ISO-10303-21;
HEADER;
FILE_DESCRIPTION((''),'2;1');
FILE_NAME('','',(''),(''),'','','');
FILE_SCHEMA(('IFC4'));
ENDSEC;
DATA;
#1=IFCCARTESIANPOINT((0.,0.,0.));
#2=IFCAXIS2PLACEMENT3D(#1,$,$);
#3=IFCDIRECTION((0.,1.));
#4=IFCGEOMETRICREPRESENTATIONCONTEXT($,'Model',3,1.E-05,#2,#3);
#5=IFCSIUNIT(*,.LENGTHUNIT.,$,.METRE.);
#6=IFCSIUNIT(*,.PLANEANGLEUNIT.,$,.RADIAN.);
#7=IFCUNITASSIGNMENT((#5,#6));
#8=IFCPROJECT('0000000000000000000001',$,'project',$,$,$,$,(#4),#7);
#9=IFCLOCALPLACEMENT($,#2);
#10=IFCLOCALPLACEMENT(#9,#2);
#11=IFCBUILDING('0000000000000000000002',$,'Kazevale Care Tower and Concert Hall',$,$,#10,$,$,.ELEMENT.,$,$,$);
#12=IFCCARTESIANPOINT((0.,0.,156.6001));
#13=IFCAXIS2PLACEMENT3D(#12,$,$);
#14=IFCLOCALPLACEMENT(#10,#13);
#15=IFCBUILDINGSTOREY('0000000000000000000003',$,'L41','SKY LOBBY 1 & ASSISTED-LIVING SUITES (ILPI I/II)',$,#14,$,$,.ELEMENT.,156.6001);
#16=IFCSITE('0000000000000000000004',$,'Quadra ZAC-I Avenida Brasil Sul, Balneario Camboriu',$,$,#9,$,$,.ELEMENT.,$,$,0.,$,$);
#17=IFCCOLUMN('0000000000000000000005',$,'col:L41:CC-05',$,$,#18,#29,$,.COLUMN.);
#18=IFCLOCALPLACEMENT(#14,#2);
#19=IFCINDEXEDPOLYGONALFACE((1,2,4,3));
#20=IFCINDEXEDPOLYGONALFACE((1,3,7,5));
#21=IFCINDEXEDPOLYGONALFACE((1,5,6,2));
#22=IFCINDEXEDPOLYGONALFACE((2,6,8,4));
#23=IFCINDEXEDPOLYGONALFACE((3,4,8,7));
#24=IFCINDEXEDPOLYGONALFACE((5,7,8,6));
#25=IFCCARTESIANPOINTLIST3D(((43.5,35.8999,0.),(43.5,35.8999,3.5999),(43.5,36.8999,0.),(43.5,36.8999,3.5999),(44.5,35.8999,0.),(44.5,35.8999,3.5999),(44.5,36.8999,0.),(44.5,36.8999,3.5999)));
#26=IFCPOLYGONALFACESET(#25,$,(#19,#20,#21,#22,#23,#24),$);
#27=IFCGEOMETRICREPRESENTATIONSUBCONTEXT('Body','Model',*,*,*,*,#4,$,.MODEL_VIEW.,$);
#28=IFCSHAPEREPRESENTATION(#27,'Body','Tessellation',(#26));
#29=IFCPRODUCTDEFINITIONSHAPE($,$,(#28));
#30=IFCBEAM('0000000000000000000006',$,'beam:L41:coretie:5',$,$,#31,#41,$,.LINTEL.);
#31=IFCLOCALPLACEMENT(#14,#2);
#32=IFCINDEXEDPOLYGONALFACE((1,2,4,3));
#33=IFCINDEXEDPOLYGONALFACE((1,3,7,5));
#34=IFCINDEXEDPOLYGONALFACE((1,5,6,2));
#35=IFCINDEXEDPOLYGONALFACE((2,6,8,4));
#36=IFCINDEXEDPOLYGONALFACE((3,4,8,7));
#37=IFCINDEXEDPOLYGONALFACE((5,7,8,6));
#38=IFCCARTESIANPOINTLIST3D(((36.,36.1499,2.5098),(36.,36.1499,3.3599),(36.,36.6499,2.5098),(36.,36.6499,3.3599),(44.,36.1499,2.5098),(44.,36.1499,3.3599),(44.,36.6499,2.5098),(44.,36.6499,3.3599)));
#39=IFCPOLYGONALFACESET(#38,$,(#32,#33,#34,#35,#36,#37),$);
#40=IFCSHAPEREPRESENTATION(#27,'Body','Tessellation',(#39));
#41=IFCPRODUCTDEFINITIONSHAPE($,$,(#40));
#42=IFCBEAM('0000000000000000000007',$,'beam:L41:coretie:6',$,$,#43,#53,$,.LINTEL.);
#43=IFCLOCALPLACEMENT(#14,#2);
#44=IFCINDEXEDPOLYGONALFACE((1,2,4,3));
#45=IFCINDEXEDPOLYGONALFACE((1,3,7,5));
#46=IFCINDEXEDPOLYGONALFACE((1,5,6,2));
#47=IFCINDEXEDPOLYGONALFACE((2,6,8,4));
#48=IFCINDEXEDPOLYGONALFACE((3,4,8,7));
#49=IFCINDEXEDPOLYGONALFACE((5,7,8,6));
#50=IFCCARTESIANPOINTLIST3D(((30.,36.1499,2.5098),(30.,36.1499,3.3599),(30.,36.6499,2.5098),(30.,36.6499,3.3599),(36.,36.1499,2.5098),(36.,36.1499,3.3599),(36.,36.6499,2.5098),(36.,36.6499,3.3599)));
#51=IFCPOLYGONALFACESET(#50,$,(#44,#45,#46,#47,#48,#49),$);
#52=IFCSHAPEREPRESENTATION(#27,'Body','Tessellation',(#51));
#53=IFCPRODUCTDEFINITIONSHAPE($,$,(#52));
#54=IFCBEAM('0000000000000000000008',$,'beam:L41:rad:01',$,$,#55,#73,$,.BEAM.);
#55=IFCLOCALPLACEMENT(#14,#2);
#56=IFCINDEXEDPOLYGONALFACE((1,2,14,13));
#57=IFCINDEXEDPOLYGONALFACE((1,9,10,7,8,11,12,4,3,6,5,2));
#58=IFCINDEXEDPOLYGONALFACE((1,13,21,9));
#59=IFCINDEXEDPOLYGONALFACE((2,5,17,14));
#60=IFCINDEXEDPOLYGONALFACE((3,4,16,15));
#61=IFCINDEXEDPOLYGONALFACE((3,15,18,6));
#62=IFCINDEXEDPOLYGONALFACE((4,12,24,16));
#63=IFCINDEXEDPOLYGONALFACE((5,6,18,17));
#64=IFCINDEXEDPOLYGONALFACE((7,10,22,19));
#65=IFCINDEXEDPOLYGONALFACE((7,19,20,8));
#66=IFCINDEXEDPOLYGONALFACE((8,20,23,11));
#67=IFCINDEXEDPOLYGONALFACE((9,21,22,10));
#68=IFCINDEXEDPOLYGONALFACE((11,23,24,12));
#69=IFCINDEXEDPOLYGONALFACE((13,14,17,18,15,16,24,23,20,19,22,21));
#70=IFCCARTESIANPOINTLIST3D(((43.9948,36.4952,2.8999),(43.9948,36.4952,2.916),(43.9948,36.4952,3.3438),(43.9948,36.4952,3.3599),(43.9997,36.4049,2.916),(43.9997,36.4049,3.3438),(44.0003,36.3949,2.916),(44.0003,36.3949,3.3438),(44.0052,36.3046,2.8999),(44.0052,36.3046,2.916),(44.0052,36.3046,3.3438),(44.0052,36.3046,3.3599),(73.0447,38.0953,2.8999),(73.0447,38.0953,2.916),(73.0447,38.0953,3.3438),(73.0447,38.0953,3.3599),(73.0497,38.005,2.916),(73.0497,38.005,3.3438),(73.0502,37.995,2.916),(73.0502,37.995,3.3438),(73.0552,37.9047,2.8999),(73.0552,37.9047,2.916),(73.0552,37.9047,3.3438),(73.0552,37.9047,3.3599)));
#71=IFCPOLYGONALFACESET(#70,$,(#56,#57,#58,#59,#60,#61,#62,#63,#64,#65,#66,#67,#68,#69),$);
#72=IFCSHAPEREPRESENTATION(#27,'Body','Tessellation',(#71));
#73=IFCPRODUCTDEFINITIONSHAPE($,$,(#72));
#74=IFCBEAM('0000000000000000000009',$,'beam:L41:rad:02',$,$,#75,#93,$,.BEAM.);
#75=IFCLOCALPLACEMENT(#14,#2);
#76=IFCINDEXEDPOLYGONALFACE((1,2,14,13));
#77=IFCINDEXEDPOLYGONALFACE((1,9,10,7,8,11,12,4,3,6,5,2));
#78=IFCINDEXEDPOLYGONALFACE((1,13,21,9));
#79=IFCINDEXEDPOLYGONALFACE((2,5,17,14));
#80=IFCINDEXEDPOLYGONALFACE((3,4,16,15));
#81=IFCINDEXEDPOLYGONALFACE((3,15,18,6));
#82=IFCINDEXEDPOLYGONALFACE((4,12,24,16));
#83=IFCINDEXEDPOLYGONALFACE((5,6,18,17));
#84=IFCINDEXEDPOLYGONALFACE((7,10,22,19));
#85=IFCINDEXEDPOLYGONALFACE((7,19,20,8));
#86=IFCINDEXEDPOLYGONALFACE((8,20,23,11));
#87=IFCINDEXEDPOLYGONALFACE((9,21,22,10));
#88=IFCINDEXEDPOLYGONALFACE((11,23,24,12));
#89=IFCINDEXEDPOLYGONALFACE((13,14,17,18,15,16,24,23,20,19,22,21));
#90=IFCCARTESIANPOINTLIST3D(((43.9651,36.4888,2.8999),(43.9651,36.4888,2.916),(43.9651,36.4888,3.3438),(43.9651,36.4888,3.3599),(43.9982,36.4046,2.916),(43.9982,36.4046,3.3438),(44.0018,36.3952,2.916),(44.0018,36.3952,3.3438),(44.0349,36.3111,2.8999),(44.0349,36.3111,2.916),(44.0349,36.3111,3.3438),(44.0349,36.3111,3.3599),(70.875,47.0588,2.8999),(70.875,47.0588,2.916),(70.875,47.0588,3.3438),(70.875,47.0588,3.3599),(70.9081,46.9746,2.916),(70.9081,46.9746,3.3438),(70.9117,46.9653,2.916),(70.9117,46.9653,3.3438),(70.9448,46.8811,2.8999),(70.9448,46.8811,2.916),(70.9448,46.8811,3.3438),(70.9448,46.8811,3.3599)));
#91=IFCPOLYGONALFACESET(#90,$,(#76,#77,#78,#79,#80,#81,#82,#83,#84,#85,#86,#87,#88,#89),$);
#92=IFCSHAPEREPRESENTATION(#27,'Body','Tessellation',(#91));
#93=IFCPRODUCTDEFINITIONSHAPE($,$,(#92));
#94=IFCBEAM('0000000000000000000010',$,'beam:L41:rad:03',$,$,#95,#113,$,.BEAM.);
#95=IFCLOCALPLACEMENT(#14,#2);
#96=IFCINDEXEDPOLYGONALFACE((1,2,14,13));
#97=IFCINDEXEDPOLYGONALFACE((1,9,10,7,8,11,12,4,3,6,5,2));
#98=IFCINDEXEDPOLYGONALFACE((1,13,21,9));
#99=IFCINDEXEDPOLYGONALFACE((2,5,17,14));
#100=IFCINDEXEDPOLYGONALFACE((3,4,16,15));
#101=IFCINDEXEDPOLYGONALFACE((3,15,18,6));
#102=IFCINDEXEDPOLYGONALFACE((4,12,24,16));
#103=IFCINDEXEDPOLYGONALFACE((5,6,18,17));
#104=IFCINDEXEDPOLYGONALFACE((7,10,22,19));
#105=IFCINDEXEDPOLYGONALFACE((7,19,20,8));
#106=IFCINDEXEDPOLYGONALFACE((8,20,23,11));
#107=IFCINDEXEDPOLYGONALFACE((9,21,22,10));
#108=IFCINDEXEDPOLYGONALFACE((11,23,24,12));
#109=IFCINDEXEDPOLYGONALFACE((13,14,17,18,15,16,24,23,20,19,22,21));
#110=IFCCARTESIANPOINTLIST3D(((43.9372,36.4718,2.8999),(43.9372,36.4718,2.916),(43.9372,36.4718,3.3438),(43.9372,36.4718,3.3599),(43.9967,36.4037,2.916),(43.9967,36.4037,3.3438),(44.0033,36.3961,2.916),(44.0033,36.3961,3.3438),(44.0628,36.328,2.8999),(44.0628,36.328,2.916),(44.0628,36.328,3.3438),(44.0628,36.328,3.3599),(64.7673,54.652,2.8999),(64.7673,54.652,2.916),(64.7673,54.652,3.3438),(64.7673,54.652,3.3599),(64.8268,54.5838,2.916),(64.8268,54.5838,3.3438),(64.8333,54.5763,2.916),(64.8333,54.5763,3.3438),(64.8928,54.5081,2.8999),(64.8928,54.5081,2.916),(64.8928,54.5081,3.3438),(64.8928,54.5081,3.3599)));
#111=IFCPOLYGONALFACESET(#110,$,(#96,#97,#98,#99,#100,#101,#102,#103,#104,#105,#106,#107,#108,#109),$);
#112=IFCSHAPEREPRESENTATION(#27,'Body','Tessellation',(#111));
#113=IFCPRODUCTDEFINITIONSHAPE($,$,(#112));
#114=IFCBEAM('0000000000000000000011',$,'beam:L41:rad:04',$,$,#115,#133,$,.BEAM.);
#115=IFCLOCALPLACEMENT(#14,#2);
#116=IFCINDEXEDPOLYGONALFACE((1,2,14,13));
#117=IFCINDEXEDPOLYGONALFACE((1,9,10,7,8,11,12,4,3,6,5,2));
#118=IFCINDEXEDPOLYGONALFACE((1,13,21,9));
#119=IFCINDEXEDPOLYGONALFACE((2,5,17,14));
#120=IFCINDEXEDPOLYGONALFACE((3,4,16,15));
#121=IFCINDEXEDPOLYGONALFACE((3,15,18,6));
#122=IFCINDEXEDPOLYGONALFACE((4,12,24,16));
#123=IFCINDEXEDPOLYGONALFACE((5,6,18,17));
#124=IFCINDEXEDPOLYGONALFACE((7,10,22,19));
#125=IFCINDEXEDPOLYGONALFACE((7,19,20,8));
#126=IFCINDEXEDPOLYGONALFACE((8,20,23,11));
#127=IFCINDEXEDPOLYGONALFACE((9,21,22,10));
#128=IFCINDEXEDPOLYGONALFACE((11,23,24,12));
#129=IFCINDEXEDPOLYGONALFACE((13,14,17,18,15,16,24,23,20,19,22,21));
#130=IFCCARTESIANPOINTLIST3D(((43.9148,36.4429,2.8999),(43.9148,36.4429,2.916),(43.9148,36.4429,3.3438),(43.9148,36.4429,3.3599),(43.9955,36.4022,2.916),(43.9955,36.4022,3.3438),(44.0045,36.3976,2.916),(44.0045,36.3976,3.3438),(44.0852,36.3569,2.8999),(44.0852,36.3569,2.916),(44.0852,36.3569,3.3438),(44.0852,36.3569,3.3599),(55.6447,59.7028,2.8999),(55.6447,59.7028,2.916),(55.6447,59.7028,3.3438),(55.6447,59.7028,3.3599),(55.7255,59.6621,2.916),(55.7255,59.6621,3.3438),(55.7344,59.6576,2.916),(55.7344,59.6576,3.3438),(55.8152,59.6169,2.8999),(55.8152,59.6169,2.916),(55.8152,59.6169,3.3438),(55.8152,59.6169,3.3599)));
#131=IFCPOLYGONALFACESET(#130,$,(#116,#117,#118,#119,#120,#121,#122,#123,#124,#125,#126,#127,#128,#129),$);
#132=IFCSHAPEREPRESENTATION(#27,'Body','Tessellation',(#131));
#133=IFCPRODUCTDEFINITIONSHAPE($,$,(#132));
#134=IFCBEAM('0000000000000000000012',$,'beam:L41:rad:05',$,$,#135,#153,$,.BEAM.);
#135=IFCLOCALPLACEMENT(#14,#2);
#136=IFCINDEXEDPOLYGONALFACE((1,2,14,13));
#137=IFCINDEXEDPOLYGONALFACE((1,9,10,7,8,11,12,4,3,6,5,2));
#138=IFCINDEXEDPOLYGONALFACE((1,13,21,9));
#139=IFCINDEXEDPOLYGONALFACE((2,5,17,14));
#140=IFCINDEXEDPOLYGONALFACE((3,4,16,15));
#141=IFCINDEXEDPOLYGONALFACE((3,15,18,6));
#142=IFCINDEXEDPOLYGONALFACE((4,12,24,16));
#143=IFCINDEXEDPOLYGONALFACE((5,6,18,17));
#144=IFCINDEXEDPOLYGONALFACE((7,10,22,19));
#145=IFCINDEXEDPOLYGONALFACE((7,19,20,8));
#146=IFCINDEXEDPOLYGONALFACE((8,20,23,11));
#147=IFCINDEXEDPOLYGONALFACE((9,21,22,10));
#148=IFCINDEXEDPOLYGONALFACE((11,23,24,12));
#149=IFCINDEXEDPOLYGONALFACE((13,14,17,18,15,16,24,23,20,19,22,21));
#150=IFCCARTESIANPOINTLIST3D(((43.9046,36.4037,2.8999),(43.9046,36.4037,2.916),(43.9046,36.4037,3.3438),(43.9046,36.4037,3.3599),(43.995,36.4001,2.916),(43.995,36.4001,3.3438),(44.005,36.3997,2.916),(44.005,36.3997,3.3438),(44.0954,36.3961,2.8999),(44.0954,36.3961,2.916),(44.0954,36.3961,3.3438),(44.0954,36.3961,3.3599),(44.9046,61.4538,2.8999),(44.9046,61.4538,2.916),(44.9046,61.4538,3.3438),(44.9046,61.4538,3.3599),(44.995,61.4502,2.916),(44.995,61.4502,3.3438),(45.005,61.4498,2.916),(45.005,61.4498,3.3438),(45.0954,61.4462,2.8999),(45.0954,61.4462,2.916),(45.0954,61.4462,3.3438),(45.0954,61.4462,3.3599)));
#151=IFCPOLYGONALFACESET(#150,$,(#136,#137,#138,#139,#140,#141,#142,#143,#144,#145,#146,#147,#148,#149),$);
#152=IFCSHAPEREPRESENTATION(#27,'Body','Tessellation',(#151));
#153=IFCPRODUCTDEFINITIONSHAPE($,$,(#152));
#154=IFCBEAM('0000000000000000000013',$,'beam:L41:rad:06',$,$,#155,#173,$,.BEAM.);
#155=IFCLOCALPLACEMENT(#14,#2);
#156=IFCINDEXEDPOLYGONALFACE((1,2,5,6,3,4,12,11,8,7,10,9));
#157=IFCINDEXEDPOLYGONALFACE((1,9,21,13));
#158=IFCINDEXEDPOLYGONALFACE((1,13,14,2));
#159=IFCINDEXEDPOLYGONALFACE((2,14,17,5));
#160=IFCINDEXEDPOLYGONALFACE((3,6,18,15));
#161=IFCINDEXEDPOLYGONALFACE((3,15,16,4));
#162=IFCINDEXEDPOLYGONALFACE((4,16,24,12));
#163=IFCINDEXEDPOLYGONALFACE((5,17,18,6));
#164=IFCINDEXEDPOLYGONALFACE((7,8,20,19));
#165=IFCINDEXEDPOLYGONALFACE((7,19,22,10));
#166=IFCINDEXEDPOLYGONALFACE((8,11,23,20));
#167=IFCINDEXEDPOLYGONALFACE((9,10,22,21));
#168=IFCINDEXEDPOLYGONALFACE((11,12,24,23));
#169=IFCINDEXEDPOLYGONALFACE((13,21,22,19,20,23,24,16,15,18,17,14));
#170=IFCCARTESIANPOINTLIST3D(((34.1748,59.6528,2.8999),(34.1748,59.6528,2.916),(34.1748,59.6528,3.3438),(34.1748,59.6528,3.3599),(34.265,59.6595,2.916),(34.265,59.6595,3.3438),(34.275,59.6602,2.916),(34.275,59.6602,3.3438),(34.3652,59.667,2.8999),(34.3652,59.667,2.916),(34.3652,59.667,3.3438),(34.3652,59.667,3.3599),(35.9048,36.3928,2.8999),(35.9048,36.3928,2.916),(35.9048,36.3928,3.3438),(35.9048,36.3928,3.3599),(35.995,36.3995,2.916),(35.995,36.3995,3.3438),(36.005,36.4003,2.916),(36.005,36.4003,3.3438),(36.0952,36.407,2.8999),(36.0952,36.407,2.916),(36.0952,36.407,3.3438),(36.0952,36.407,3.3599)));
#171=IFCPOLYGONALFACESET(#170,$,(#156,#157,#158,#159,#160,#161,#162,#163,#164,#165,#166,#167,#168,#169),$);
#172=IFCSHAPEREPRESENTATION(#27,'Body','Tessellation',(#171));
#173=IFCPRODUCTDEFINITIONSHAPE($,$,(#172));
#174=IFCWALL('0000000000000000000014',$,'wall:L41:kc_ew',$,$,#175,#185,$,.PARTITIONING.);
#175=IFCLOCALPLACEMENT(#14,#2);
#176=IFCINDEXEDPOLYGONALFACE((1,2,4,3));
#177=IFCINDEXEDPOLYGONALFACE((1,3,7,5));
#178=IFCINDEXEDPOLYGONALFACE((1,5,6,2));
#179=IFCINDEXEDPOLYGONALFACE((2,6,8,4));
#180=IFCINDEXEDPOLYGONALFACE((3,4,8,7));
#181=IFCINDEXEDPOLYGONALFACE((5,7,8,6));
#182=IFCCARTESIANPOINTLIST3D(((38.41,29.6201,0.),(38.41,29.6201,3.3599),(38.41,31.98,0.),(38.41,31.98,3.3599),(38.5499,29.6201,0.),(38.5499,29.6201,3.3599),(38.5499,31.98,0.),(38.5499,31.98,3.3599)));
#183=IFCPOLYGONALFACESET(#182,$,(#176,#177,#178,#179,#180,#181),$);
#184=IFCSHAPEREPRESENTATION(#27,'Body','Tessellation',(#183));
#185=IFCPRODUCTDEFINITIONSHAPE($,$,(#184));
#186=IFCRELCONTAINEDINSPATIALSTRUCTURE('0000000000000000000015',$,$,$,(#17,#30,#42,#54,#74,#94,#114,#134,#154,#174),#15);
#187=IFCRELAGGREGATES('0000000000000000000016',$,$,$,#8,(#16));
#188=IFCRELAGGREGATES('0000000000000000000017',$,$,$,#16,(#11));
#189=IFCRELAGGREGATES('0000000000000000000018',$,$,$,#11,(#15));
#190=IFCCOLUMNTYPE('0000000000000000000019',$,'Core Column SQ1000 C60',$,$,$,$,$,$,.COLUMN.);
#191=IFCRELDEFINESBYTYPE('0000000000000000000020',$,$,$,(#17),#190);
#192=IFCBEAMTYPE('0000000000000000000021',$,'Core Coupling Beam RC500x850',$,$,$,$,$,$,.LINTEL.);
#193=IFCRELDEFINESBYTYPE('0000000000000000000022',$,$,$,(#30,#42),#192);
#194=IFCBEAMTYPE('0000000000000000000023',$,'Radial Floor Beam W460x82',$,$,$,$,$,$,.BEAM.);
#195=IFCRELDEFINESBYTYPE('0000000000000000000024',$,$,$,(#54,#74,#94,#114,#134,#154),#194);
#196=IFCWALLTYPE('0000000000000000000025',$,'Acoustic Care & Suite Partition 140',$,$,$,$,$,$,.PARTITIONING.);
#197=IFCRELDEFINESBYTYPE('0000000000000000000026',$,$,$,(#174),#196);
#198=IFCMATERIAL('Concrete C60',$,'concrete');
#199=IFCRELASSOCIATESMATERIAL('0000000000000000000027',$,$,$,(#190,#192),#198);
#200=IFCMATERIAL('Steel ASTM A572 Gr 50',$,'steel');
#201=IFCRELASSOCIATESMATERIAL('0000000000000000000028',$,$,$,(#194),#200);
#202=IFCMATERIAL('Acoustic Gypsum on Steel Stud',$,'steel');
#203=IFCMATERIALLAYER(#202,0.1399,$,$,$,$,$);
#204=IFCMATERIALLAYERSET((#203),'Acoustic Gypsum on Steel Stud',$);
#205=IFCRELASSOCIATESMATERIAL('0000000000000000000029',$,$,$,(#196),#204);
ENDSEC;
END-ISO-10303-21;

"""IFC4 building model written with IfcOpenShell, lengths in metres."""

from ifc_helpers import new_model, si_unit, direction, frame, frame_2d, origin, origin_2d, place, context, subcontext, project, spatial, rectangle, i_section, extrude, material, layer, layer_set, material_profile, profile_set, type_object, element, save


model = new_model("IFC4")

# Units and contexts
model_context = context("Model", 3, precision=1e-05, world=origin(), true_north=direction((0.0, 1.0)))
body_context = subcontext(model_context, "Body", "Model", "MODEL_VIEW")
ifc_project = project(units=[si_unit("LENGTHUNIT", "METRE"), si_unit("PLANEANGLEUNIT", "RADIAN")], contexts=[model_context])

# Site, building, storey
site_placement = place(None, origin())
site = spatial("IfcSite", under=ifc_project, at=site_placement, Name="Quadra ZAC-I Avenida Brasil Sul, Balneario Camboriu", CompositionType="ELEMENT", RefElevation=0.0)
building_placement = place(site_placement, origin())
building = spatial("IfcBuilding", under=site, at=building_placement, Name="Kazevale Care Tower and Concert Hall", CompositionType="ELEMENT")
storey_placement = place(building_placement, frame((0.0, 0.0, 156.6001)))
storey = spatial("IfcBuildingStorey", under=building, at=storey_placement, Name="L41", Description="SKY LOBBY 1 & ASSISTED-LIVING SUITES (ILPI I/II)", CompositionType="ELEMENT", Elevation=156.6001)

# Column
ifc_material_1 = material(Name="Concrete C60", Category="concrete")
ifc_material_profile_1 = material_profile(ifc_material_1, rectangle(XDim=1.0, YDim=1.0, at=origin_2d()), Name="RC-SQ1000")
ifc_profile_set_1 = profile_set([ifc_material_profile_1], Name="Concrete C60")
column_type = type_object("IfcColumnType", Name="Core Column SQ1000 C60", PredefinedType="COLUMN", material=ifc_profile_set_1)
column_placement = place(storey_placement, frame((44.0, 36.3999, 0.0), z_axis=(0.0, 0.0, 1.0), x_axis=(1.0, 0.0, 0.0)))
element("IfcColumn", 1, at=column_placement, inside=storey, type_object=column_type, Name="col:L41:CC-05", PredefinedType="COLUMN", context=body_context, shape_type="SweptSolid", body=[
    extrude(rectangle(XDim=1.0, YDim=1.0, at=origin_2d()), origin(), (0.0, 0.0, 1.0), 3.5999),
])

# Beams
ifc_material_profile_2 = material_profile(ifc_material_1, rectangle(XDim=0.5, YDim=0.8501, at=origin_2d()), Name="RC-B500x850")
ifc_profile_set_2 = profile_set([ifc_material_profile_2], Name="Concrete C60")
beam_type_1 = type_object("IfcBeamType", Name="Core Coupling Beam RC500x850", PredefinedType="LINTEL", material=ifc_profile_set_2)
beam_1_placement = place(storey_placement, frame((44.0, 36.3999, 2.9348), z_axis=(-1.0, 0.0, 0.0), x_axis=(0.0, -1.0, 0.0)))
element("IfcBeam", 2, at=beam_1_placement, inside=storey, type_object=beam_type_1, Name="beam:L41:coretie:5", PredefinedType="LINTEL", context=body_context, shape_type="SweptSolid", body=[
    extrude(rectangle(XDim=0.5, YDim=0.8501, at=origin_2d()), origin(), (0.0, 0.0, 1.0), 8.0),
])
beam_2_placement = place(storey_placement, frame((36.0, 36.3999, 2.9348), z_axis=(-1.0, 0.0, 0.0), x_axis=(0.0, -1.0, 0.0)))
element("IfcBeam", 3, at=beam_2_placement, inside=storey, type_object=beam_type_1, Name="beam:L41:coretie:6", PredefinedType="LINTEL", context=body_context, shape_type="SweptSolid", body=[
    extrude(rectangle(XDim=0.5, YDim=0.8501, at=origin_2d()), origin(), (0.0, 0.0, 1.0), 6.0),
])
ifc_material_2 = material(Name="Steel ASTM A572 Gr 50", Category="steel")
ifc_material_profile_3 = material_profile(ifc_material_2, i_section(OverallWidth=0.1909, OverallDepth=0.46, WebThickness=0.01, FlangeThickness=0.0161, at=origin_2d()), Name="W460x82")
ifc_profile_set_3 = profile_set([ifc_material_profile_3], Name="Steel ASTM A572 Gr 50")
beam_type_2 = type_object("IfcBeamType", Name="Radial Floor Beam W460x82", PredefinedType="BEAM", material=ifc_profile_set_3)
beam_3_placement = place(storey_placement, frame((44.0, 36.3999, 3.1299), z_axis=(0.998487, 0.054997, 0.0), x_axis=(-0.054997, 0.998487, 0.0)))
element("IfcBeam", 4, at=beam_3_placement, inside=storey, type_object=beam_type_2, Name="beam:L41:rad:01", PredefinedType="BEAM", context=body_context, shape_type="SweptSolid", body=[
    extrude(i_section(OverallWidth=0.1909, OverallDepth=0.46, WebThickness=0.01, FlangeThickness=0.0161, at=origin_2d()), origin(), (0.0, 0.0, 1.0), 29.094),
])
beam_4_placement = place(storey_placement, frame((44.0, 36.3999, 3.1299), z_axis=(0.930771, 0.365602, 0.0), x_axis=(-0.365602, 0.930771, 0.0)))
element("IfcBeam", 5, at=beam_4_placement, inside=storey, type_object=beam_type_2, Name="beam:L41:rad:02", PredefinedType="BEAM", context=body_context, shape_type="SweptSolid", body=[
    extrude(i_section(OverallWidth=0.1909, OverallDepth=0.46, WebThickness=0.01, FlangeThickness=0.0161, at=origin_2d()), origin(), (0.0, 0.0, 1.0), 28.9114),
])
beam_5_placement = place(storey_placement, frame((44.0, 36.3999, 3.1299), z_axis=(0.753403, 0.657559, 0.0), x_axis=(-0.657559, 0.753403, 0.0)))
element("IfcBeam", 6, at=beam_5_placement, inside=storey, type_object=beam_type_2, Name="beam:L41:rad:03", PredefinedType="BEAM", context=body_context, shape_type="SweptSolid", body=[
    extrude(i_section(OverallWidth=0.1909, OverallDepth=0.46, WebThickness=0.01, FlangeThickness=0.0161, at=origin_2d()), origin(), (0.0, 0.0, 1.0), 27.6479),
])
beam_6_placement = place(storey_placement, frame((44.0, 36.3999, 3.1299), z_axis=(0.450281, 0.892887, 0.0), x_axis=(-0.892887, 0.450281, 0.0)))
element("IfcBeam", 7, at=beam_6_placement, inside=storey, type_object=beam_type_2, Name="beam:L41:rad:04", PredefinedType="BEAM", context=body_context, shape_type="SweptSolid", body=[
    extrude(i_section(OverallWidth=0.1909, OverallDepth=0.46, WebThickness=0.01, FlangeThickness=0.0161, at=origin_2d()), origin(), (0.0, 0.0, 1.0), 26.0503),
])
beam_7_placement = place(storey_placement, frame((44.0, 36.3999, 3.1299), z_axis=(0.039888, 0.999204, 0.0), x_axis=(-0.999204, 0.039888, 0.0)))
element("IfcBeam", 8, at=beam_7_placement, inside=storey, type_object=beam_type_2, Name="beam:L41:rad:05", PredefinedType="BEAM", context=body_context, shape_type="SweptSolid", body=[
    extrude(i_section(OverallWidth=0.1909, OverallDepth=0.46, WebThickness=0.01, FlangeThickness=0.0161, at=origin_2d()), origin(), (0.0, 0.0, 1.0), 25.0701),
])
beam_8_placement = place(storey_placement, frame((36.0, 36.3999, 3.1299), z_axis=(-0.074171, 0.997246, 0.0), x_axis=(-0.997246, -0.074171, 0.0)))
element("IfcBeam", 9, at=beam_8_placement, inside=storey, type_object=beam_type_2, Name="beam:L41:rad:06", PredefinedType="BEAM", context=body_context, shape_type="SweptSolid", body=[
    extrude(i_section(OverallWidth=0.1909, OverallDepth=0.46, WebThickness=0.01, FlangeThickness=0.0161, at=origin_2d()), origin(), (0.0, 0.0, 1.0), 23.3242),
])

# Wall
ifc_material_3 = material(Name="Acoustic Gypsum on Steel Stud", Category="steel")
ifc_layer_1 = layer(ifc_material_3, 0.1399)
ifc_layer_set_1 = layer_set([ifc_layer_1], Name="Acoustic Gypsum on Steel Stud")
wall_type_1 = type_object("IfcWallType", Name="Acoustic Care & Suite Partition 140", PredefinedType="PARTITIONING", material=ifc_layer_set_1)
for number, where, z_axis, x_axis, name in (
    (10, (38.48, 29.6201, 0.0), (0.0, 0.0, 1.0), (0.0, 1.0, 0.0), "wall:L41:kc_ew"),
):
    element("IfcWall", number, at=place(storey_placement, frame(where, z_axis=z_axis, x_axis=x_axis)), inside=storey, type_object=wall_type_1, Name=name, PredefinedType="PARTITIONING", context=body_context, shape_type="SweptSolid", body=[
        extrude(rectangle(XDim=2.3599, YDim=0.1399, at=frame_2d((1.1799, 0.0))), origin(), (0.0, 0.0, 1.0), 3.3599),
    ])

save(model, "model.ifc")
